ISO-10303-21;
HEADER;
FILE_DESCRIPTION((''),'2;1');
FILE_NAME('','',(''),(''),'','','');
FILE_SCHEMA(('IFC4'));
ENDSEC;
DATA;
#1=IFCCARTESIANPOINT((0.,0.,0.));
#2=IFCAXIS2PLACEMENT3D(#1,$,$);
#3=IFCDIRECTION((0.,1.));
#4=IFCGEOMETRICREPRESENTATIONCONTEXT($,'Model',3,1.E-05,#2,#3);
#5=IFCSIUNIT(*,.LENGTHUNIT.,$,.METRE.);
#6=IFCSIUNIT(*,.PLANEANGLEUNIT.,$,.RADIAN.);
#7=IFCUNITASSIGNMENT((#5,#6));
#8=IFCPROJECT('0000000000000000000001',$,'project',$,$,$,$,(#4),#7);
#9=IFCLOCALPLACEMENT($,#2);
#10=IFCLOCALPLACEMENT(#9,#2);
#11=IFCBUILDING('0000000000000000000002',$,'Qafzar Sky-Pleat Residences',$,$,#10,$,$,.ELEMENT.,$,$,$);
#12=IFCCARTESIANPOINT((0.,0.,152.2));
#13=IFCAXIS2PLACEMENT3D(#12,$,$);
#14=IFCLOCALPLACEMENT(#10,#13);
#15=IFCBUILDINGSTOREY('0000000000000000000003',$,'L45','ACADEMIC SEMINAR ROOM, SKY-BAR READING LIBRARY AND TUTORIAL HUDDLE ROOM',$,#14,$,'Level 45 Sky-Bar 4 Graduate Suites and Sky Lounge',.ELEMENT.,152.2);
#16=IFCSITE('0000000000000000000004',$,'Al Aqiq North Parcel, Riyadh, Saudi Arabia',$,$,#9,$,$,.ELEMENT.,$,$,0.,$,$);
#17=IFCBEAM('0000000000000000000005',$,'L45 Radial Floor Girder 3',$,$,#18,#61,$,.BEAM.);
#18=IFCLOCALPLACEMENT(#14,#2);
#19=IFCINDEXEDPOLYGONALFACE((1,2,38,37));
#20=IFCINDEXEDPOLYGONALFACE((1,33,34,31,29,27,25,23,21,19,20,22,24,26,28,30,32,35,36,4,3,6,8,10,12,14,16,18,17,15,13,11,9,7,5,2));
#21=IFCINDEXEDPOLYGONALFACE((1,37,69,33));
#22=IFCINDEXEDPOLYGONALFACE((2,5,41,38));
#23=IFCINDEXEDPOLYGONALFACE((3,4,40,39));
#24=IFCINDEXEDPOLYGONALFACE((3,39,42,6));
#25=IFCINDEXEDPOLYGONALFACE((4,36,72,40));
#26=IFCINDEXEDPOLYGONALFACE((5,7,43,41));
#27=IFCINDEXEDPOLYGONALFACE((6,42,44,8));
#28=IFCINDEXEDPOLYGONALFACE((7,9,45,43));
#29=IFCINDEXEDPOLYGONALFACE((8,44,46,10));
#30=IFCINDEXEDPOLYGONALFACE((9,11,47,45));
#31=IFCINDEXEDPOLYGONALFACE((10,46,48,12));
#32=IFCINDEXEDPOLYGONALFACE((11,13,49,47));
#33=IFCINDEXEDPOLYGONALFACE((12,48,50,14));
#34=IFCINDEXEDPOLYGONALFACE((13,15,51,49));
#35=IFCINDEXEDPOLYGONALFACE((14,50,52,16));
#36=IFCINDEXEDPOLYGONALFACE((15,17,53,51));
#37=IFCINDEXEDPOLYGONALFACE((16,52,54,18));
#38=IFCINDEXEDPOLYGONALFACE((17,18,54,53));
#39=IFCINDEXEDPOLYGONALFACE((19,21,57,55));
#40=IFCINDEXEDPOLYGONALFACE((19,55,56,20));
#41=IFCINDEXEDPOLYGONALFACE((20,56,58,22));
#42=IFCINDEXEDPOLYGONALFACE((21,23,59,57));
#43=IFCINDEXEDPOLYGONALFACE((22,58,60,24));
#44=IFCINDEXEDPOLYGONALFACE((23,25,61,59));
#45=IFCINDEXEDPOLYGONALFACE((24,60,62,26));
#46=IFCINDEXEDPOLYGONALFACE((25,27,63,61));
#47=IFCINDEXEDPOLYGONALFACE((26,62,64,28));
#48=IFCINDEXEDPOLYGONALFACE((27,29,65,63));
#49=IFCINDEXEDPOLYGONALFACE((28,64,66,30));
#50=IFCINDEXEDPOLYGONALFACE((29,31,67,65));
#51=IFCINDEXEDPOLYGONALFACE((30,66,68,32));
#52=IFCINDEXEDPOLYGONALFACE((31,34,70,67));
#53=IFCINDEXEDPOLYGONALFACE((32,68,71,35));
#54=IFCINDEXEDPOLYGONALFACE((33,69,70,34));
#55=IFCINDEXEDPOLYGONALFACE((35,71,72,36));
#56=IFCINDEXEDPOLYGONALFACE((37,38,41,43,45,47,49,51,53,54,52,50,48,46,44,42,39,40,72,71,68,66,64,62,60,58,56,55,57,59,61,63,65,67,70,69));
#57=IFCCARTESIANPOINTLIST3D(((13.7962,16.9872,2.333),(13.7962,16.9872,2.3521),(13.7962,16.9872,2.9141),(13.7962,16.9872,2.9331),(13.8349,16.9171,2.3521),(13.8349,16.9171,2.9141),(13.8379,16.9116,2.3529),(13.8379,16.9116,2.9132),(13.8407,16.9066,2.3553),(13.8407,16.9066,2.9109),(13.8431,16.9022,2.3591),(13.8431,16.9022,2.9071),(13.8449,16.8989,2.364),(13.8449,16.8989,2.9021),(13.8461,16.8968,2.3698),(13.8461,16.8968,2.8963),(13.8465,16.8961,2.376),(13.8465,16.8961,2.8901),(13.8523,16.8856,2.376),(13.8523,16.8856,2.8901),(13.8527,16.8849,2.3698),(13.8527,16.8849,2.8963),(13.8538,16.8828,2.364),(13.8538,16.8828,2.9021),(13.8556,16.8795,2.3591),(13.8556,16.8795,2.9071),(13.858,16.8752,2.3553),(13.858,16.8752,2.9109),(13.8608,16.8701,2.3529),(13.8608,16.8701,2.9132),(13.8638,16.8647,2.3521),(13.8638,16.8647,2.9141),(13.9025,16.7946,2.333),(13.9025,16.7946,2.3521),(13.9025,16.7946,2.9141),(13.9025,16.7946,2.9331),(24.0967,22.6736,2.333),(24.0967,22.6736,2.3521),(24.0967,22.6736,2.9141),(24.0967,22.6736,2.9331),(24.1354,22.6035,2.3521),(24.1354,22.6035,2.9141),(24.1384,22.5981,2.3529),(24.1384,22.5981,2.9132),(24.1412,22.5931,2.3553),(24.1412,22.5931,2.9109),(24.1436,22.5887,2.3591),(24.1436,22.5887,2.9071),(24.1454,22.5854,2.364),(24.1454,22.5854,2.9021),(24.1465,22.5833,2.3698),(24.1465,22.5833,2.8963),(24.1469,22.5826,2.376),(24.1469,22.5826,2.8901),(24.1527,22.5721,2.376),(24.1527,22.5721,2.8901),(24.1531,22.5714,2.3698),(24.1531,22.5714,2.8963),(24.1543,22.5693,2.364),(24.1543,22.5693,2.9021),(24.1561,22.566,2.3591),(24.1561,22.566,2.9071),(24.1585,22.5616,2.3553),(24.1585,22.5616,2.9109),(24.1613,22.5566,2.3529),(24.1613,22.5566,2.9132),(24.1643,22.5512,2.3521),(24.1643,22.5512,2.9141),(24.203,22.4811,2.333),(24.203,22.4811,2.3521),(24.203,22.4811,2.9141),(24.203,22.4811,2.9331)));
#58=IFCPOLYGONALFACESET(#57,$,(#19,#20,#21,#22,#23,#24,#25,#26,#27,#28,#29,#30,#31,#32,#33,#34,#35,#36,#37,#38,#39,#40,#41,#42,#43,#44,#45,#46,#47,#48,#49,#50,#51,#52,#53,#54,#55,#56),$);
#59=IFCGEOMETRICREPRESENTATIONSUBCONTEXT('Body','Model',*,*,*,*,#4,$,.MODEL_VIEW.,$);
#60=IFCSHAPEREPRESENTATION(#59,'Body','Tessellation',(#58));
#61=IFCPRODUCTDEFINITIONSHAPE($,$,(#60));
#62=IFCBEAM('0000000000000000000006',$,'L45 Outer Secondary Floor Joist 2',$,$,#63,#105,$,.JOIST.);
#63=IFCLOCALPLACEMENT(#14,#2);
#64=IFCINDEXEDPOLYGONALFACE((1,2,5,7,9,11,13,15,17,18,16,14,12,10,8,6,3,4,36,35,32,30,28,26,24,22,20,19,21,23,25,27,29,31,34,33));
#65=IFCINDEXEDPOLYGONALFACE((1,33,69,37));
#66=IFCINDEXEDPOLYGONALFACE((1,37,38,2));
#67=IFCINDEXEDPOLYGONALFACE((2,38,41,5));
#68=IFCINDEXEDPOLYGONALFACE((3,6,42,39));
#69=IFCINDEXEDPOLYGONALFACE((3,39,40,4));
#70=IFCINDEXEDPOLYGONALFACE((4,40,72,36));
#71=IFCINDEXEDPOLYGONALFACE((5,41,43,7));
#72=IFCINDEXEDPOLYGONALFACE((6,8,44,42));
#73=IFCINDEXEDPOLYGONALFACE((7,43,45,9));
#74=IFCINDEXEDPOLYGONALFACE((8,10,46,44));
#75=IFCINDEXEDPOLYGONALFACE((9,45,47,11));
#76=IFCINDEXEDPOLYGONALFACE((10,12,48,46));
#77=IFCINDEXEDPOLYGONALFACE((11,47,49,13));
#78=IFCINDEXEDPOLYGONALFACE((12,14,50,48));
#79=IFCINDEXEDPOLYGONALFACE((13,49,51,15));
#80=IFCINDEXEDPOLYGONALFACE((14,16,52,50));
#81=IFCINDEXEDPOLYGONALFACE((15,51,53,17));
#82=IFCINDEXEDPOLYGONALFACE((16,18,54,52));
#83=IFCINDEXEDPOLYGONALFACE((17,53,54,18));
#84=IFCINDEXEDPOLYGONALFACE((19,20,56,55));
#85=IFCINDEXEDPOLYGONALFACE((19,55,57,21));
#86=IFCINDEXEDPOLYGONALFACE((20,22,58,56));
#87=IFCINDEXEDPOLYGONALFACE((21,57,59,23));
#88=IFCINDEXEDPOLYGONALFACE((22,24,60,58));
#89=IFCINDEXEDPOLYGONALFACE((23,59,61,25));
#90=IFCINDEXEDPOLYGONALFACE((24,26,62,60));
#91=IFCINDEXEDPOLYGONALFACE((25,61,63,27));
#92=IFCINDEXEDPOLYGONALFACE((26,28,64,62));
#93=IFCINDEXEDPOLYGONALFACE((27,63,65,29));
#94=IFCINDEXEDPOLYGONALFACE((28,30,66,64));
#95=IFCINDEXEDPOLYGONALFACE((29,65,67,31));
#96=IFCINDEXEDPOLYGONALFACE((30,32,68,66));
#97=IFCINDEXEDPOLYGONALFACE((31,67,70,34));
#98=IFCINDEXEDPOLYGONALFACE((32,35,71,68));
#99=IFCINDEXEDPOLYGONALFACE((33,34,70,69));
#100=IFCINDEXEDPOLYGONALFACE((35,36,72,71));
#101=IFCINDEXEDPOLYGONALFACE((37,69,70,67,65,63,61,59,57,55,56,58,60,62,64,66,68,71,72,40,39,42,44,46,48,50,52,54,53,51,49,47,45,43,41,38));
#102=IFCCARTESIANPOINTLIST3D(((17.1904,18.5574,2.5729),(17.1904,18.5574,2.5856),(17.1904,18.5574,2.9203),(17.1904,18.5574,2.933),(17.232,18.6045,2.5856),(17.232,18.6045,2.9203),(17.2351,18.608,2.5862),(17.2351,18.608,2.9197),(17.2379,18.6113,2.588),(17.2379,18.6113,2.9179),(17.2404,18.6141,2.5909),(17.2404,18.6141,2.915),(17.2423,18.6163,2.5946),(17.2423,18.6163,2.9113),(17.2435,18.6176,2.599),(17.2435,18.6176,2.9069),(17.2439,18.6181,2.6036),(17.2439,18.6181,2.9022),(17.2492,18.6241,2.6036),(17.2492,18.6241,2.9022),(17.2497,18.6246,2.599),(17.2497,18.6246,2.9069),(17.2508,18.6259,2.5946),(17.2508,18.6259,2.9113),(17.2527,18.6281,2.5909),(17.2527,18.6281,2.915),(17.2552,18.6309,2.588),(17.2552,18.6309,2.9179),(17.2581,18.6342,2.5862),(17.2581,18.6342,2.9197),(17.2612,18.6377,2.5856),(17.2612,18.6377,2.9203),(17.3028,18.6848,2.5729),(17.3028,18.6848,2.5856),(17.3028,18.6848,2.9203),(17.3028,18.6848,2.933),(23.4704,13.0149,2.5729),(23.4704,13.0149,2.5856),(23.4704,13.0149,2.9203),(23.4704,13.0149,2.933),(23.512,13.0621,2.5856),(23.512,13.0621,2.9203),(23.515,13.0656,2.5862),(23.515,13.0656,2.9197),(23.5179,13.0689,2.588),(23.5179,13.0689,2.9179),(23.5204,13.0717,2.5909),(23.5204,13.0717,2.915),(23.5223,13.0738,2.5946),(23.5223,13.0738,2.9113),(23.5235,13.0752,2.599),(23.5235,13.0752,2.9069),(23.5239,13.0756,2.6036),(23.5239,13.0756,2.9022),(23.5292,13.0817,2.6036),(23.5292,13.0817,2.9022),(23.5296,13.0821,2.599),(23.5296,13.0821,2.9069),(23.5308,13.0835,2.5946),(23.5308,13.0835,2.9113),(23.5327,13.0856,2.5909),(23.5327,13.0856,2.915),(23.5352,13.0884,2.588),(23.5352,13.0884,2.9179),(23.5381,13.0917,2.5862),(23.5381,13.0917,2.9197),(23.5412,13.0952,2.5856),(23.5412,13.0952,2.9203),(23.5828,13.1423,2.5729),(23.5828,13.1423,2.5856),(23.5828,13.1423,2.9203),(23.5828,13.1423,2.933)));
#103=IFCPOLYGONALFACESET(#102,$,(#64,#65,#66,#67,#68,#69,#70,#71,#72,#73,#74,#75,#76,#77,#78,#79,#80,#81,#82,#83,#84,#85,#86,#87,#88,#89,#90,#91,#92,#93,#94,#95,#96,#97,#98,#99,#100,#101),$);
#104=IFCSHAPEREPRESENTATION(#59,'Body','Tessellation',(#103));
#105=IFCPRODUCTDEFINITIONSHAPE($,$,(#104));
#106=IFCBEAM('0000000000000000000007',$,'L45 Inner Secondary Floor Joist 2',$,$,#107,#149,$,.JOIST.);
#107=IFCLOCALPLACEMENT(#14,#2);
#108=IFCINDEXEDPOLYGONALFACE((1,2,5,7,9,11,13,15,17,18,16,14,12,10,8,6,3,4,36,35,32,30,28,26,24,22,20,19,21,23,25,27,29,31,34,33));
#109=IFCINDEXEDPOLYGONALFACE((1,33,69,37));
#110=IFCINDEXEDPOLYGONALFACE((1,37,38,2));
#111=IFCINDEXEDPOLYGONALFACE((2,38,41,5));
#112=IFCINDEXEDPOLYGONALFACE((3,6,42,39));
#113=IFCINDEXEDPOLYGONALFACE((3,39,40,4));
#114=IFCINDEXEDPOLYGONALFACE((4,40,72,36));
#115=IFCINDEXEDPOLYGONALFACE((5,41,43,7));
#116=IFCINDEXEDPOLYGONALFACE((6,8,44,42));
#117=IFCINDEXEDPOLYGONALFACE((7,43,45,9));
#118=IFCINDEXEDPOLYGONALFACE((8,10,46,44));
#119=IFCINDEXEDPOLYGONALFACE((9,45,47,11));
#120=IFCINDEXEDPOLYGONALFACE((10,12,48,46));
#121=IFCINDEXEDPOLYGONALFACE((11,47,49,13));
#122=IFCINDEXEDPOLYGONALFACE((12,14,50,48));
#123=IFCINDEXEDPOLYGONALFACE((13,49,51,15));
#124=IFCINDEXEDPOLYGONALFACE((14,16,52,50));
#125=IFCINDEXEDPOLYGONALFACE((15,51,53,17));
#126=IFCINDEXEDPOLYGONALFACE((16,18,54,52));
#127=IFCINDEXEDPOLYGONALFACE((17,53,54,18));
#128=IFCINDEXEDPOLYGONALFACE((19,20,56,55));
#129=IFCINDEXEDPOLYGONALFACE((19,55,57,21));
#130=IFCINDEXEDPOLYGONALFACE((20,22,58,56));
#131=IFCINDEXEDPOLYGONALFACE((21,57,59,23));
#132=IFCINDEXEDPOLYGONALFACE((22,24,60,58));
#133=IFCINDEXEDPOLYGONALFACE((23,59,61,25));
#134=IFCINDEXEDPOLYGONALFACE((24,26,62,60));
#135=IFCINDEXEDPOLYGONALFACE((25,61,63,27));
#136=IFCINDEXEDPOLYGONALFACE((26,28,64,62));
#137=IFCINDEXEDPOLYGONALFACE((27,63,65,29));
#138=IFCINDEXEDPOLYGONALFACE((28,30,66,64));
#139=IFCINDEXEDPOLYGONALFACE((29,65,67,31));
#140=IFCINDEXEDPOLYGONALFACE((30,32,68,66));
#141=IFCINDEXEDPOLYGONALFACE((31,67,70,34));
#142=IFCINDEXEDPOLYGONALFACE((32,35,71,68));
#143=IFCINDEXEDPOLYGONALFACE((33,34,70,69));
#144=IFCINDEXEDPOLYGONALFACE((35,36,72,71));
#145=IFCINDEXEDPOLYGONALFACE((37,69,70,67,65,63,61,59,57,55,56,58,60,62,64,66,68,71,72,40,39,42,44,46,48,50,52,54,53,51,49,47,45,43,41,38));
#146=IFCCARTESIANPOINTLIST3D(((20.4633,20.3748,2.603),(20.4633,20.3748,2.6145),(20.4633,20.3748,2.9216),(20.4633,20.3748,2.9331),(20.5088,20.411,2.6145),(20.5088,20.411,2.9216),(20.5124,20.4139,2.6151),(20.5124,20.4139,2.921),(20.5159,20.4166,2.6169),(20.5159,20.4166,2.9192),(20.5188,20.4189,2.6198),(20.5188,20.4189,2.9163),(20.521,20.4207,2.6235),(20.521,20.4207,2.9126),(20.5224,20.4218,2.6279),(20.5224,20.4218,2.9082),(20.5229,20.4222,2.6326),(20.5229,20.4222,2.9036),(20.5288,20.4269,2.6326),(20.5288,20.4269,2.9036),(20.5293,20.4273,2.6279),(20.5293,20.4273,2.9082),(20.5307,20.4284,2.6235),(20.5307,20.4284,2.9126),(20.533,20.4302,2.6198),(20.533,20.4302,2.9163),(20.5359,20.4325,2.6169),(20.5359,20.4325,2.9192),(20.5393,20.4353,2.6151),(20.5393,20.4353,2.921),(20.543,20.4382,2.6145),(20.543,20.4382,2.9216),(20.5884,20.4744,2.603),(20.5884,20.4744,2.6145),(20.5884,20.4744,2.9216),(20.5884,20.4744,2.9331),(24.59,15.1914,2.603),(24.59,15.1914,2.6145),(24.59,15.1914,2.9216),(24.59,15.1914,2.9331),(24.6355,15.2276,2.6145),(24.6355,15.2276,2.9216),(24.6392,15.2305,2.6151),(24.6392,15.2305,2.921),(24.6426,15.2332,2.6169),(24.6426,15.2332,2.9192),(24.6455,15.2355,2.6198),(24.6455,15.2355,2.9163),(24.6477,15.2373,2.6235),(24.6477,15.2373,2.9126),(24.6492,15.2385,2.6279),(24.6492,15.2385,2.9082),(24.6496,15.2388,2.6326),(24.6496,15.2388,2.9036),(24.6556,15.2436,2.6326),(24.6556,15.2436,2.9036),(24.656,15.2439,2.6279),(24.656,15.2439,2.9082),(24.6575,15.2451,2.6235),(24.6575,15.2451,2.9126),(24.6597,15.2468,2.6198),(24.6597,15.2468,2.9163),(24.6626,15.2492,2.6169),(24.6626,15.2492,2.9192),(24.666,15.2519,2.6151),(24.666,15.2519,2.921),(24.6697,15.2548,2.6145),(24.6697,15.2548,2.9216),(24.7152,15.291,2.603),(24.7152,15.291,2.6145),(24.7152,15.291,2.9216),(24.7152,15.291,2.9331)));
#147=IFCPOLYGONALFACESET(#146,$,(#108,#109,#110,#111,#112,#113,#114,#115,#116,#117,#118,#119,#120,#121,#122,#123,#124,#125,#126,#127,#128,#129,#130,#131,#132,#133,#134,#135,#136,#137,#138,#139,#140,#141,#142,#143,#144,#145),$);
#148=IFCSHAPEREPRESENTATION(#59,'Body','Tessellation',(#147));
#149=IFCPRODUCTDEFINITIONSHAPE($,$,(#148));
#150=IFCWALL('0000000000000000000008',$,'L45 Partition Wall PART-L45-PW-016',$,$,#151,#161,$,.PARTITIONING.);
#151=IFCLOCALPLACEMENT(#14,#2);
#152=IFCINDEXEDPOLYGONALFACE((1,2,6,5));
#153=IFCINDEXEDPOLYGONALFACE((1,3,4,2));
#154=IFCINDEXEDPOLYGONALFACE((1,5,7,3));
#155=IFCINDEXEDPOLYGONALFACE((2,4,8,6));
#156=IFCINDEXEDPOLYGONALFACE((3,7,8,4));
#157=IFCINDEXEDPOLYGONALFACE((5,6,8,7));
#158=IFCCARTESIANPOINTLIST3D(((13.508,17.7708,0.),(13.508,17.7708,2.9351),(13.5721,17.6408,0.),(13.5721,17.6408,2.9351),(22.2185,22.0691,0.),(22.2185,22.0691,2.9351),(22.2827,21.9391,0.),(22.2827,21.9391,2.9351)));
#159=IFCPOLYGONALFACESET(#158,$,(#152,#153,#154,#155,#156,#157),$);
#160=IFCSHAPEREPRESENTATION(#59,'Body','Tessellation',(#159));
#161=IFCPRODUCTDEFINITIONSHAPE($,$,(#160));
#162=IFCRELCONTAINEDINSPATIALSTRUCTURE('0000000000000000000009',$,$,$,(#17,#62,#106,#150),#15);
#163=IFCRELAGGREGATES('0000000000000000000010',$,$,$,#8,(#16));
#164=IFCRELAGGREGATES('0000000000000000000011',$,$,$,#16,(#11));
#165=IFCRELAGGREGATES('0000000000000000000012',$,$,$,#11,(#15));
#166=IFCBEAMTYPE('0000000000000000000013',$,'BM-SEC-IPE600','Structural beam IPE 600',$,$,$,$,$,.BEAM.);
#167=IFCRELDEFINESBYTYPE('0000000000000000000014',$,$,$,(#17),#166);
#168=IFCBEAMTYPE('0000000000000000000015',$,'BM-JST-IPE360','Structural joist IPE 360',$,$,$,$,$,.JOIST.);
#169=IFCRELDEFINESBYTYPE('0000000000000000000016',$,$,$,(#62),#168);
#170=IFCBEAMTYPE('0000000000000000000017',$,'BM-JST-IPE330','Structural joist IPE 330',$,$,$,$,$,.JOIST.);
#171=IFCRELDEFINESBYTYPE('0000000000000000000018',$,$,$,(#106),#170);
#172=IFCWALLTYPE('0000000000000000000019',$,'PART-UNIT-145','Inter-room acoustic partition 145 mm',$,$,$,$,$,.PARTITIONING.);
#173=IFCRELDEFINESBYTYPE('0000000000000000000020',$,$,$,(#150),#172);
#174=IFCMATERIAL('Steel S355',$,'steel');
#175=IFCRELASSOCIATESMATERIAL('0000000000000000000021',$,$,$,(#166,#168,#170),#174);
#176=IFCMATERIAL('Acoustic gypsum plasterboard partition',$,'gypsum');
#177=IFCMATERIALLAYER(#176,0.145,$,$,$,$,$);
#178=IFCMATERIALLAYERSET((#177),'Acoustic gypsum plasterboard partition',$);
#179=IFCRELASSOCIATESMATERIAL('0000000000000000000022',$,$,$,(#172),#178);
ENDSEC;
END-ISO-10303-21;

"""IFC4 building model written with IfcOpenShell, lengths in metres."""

from ifc_helpers import new_model, si_unit, direction, frame, frame_2d, origin, origin_2d, place, context, subcontext, project, spatial, rectangle, i_section, extrude, source, transform, mapped, material, layer, layer_set, material_profile, profile_set, type_object, element, save


model = new_model("IFC4")

# Units and contexts
model_context = context("Model", 3, precision=1e-05, world=origin(), true_north=direction((0.0, 1.0)))
body_context = subcontext(model_context, "Body", "Model", "MODEL_VIEW")
ifc_project = project(units=[si_unit("LENGTHUNIT", "METRE"), si_unit("PLANEANGLEUNIT", "RADIAN")], contexts=[model_context])

# Site, building, storey
site_placement = place(None, origin())
site = spatial("IfcSite", under=ifc_project, at=site_placement, Name="Al Aqiq North Parcel, Riyadh, Saudi Arabia", CompositionType="ELEMENT", RefElevation=0.0)
building_placement = place(site_placement, origin())
building = spatial("IfcBuilding", under=site, at=building_placement, Name="Qafzar Sky-Pleat Residences", CompositionType="ELEMENT")
storey_placement = place(building_placement, frame((0.0, 0.0, 152.2)))
storey = spatial("IfcBuildingStorey", under=building, at=storey_placement, Name="L45", Description="ACADEMIC SEMINAR ROOM, SKY-BAR READING LIBRARY AND TUTORIAL HUDDLE ROOM", LongName="Level 45 Sky-Bar 4 Graduate Suites and Sky Lounge", CompositionType="ELEMENT", Elevation=152.2)

# Shared definitions
ifc_material_1 = material(Name="Steel S355", Category="steel")

# Beams
ifc_material_profile_1 = material_profile(ifc_material_1, i_section(OverallWidth=0.22, OverallDepth=0.6001, WebThickness=0.012, FlangeThickness=0.019, FilletRadius=0.0239, at=origin_2d()), Name="IPE 600")
ifc_profile_set_1 = profile_set([ifc_material_profile_1], Name="Steel S355")
beam_type_1 = type_object("IfcBeamType", Name="BM-SEC-IPE600", Description="Structural beam IPE 600", PredefinedType="BEAM", material=ifc_profile_set_1)
shared_shape_1 = source(origin(), body_context, "Body", "SweptSolid", [
    extrude(i_section(OverallWidth=0.22, OverallDepth=0.6001, WebThickness=0.012, FlangeThickness=0.019, FilletRadius=0.0239, at=origin_2d()), origin(), (0.0, 0.0, 1.0), 11.7659),
])
beam_1_placement = place(storey_placement, frame((13.8494, 16.8909, 2.6331), z_axis=(0.875453, 0.483303, 0.0), x_axis=(-0.483303, 0.875453, 0.0)))
element("IfcBeam", 1, at=beam_1_placement, inside=storey, type_object=beam_type_1, Name="L45 Radial Floor Girder 3", PredefinedType="BEAM", context=body_context, shape_type="MappedRepresentation", body=[
    mapped(shared_shape_1, transform((0.0, 0.0, 0.0), x_axis=(1.0, 0.0, 0.0), y_axis=(0.0, 1.0, 0.0), z_axis=(0.0, 0.0, 1.0), scale=1.0)),
])
ifc_material_profile_2 = material_profile(ifc_material_1, i_section(OverallWidth=0.1699, OverallDepth=0.3601, WebThickness=0.0081, FlangeThickness=0.0127, FilletRadius=0.0181, at=origin_2d()), Name="IPE 360")
ifc_profile_set_2 = profile_set([ifc_material_profile_2], Name="Steel S355")
beam_type_2 = type_object("IfcBeamType", Name="BM-JST-IPE360", Description="Structural joist IPE 360", PredefinedType="JOIST", material=ifc_profile_set_2)
shared_shape_2 = source(origin(), body_context, "Body", "SweptSolid", [
    extrude(i_section(OverallWidth=0.1699, OverallDepth=0.3601, WebThickness=0.0081, FlangeThickness=0.0127, FilletRadius=0.0181, at=origin_2d()), origin(), (0.0, 0.0, 1.0), 8.376),
])
beam_2_placement = place(storey_placement, frame((17.2466, 18.6211, 2.7529), z_axis=(0.749762, -0.661707, 0.0), x_axis=(0.661707, 0.749762, 0.0)))
element("IfcBeam", 2, at=beam_2_placement, inside=storey, type_object=beam_type_2, Name="L45 Outer Secondary Floor Joist 2", PredefinedType="JOIST", context=body_context, shape_type="MappedRepresentation", body=[
    mapped(shared_shape_2, transform((0.0, 0.0, 0.0), x_axis=(1.0, 0.0, 0.0), y_axis=(0.0, 1.0, 0.0), z_axis=(0.0, 0.0, 1.0), scale=1.0)),
])
ifc_material_profile_3 = material_profile(ifc_material_1, i_section(OverallWidth=0.1599, OverallDepth=0.3301, WebThickness=0.0076, FlangeThickness=0.0115, FilletRadius=0.0181, at=origin_2d()), Name="IPE 330")
ifc_profile_set_3 = profile_set([ifc_material_profile_3], Name="Steel S355")
beam_type_3 = type_object("IfcBeamType", Name="BM-JST-IPE330", Description="Structural joist IPE 330", PredefinedType="JOIST", material=ifc_profile_set_3)
shared_shape_3 = source(origin(), body_context, "Body", "SweptSolid", [
    extrude(i_section(OverallWidth=0.1599, OverallDepth=0.3301, WebThickness=0.0076, FlangeThickness=0.0115, FilletRadius=0.0181, at=origin_2d()), origin(), (0.0, 0.0, 1.0), 6.6255),
])
beam_3_placement = place(storey_placement, frame((20.5259, 20.4246, 2.7681), z_axis=(0.622855, -0.782337, 0.0), x_axis=(0.782337, 0.622855, 0.0)))
element("IfcBeam", 3, at=beam_3_placement, inside=storey, type_object=beam_type_3, Name="L45 Inner Secondary Floor Joist 2", PredefinedType="JOIST", context=body_context, shape_type="MappedRepresentation", body=[
    mapped(shared_shape_3, transform((0.0, 0.0, 0.0), x_axis=(1.0, 0.0, 0.0), y_axis=(0.0, 1.0, 0.0), z_axis=(0.0, 0.0, 1.0), scale=1.0)),
])

# Wall
ifc_material_2 = material(Name="Acoustic gypsum plasterboard partition", Category="gypsum")
ifc_layer_1 = layer(ifc_material_2, 0.145)
ifc_layer_set_1 = layer_set([ifc_layer_1], Name="Acoustic gypsum plasterboard partition")
wall_type_1 = type_object("IfcWallType", Name="PART-UNIT-145", Description="Inter-room acoustic partition 145 mm", PredefinedType="PARTITIONING", material=ifc_layer_set_1)
wall_1_placement = place(storey_placement, frame((13.54, 17.7058, 0.0), z_axis=(0.0, 0.0, 1.0), x_axis=(0.896762, 0.442512, 0.0)))
element("IfcWall", 4, at=wall_1_placement, inside=storey, type_object=wall_type_1, Name="L45 Partition Wall PART-L45-PW-016", PredefinedType="PARTITIONING", context=body_context, shape_type="SweptSolid", body=[
    extrude(rectangle(XDim=9.7134, YDim=0.145, at=frame_2d((4.8567, 0.0))), origin(), (0.0, 0.0, 1.0), 2.9351),
])

save(model, "model.ifc")
